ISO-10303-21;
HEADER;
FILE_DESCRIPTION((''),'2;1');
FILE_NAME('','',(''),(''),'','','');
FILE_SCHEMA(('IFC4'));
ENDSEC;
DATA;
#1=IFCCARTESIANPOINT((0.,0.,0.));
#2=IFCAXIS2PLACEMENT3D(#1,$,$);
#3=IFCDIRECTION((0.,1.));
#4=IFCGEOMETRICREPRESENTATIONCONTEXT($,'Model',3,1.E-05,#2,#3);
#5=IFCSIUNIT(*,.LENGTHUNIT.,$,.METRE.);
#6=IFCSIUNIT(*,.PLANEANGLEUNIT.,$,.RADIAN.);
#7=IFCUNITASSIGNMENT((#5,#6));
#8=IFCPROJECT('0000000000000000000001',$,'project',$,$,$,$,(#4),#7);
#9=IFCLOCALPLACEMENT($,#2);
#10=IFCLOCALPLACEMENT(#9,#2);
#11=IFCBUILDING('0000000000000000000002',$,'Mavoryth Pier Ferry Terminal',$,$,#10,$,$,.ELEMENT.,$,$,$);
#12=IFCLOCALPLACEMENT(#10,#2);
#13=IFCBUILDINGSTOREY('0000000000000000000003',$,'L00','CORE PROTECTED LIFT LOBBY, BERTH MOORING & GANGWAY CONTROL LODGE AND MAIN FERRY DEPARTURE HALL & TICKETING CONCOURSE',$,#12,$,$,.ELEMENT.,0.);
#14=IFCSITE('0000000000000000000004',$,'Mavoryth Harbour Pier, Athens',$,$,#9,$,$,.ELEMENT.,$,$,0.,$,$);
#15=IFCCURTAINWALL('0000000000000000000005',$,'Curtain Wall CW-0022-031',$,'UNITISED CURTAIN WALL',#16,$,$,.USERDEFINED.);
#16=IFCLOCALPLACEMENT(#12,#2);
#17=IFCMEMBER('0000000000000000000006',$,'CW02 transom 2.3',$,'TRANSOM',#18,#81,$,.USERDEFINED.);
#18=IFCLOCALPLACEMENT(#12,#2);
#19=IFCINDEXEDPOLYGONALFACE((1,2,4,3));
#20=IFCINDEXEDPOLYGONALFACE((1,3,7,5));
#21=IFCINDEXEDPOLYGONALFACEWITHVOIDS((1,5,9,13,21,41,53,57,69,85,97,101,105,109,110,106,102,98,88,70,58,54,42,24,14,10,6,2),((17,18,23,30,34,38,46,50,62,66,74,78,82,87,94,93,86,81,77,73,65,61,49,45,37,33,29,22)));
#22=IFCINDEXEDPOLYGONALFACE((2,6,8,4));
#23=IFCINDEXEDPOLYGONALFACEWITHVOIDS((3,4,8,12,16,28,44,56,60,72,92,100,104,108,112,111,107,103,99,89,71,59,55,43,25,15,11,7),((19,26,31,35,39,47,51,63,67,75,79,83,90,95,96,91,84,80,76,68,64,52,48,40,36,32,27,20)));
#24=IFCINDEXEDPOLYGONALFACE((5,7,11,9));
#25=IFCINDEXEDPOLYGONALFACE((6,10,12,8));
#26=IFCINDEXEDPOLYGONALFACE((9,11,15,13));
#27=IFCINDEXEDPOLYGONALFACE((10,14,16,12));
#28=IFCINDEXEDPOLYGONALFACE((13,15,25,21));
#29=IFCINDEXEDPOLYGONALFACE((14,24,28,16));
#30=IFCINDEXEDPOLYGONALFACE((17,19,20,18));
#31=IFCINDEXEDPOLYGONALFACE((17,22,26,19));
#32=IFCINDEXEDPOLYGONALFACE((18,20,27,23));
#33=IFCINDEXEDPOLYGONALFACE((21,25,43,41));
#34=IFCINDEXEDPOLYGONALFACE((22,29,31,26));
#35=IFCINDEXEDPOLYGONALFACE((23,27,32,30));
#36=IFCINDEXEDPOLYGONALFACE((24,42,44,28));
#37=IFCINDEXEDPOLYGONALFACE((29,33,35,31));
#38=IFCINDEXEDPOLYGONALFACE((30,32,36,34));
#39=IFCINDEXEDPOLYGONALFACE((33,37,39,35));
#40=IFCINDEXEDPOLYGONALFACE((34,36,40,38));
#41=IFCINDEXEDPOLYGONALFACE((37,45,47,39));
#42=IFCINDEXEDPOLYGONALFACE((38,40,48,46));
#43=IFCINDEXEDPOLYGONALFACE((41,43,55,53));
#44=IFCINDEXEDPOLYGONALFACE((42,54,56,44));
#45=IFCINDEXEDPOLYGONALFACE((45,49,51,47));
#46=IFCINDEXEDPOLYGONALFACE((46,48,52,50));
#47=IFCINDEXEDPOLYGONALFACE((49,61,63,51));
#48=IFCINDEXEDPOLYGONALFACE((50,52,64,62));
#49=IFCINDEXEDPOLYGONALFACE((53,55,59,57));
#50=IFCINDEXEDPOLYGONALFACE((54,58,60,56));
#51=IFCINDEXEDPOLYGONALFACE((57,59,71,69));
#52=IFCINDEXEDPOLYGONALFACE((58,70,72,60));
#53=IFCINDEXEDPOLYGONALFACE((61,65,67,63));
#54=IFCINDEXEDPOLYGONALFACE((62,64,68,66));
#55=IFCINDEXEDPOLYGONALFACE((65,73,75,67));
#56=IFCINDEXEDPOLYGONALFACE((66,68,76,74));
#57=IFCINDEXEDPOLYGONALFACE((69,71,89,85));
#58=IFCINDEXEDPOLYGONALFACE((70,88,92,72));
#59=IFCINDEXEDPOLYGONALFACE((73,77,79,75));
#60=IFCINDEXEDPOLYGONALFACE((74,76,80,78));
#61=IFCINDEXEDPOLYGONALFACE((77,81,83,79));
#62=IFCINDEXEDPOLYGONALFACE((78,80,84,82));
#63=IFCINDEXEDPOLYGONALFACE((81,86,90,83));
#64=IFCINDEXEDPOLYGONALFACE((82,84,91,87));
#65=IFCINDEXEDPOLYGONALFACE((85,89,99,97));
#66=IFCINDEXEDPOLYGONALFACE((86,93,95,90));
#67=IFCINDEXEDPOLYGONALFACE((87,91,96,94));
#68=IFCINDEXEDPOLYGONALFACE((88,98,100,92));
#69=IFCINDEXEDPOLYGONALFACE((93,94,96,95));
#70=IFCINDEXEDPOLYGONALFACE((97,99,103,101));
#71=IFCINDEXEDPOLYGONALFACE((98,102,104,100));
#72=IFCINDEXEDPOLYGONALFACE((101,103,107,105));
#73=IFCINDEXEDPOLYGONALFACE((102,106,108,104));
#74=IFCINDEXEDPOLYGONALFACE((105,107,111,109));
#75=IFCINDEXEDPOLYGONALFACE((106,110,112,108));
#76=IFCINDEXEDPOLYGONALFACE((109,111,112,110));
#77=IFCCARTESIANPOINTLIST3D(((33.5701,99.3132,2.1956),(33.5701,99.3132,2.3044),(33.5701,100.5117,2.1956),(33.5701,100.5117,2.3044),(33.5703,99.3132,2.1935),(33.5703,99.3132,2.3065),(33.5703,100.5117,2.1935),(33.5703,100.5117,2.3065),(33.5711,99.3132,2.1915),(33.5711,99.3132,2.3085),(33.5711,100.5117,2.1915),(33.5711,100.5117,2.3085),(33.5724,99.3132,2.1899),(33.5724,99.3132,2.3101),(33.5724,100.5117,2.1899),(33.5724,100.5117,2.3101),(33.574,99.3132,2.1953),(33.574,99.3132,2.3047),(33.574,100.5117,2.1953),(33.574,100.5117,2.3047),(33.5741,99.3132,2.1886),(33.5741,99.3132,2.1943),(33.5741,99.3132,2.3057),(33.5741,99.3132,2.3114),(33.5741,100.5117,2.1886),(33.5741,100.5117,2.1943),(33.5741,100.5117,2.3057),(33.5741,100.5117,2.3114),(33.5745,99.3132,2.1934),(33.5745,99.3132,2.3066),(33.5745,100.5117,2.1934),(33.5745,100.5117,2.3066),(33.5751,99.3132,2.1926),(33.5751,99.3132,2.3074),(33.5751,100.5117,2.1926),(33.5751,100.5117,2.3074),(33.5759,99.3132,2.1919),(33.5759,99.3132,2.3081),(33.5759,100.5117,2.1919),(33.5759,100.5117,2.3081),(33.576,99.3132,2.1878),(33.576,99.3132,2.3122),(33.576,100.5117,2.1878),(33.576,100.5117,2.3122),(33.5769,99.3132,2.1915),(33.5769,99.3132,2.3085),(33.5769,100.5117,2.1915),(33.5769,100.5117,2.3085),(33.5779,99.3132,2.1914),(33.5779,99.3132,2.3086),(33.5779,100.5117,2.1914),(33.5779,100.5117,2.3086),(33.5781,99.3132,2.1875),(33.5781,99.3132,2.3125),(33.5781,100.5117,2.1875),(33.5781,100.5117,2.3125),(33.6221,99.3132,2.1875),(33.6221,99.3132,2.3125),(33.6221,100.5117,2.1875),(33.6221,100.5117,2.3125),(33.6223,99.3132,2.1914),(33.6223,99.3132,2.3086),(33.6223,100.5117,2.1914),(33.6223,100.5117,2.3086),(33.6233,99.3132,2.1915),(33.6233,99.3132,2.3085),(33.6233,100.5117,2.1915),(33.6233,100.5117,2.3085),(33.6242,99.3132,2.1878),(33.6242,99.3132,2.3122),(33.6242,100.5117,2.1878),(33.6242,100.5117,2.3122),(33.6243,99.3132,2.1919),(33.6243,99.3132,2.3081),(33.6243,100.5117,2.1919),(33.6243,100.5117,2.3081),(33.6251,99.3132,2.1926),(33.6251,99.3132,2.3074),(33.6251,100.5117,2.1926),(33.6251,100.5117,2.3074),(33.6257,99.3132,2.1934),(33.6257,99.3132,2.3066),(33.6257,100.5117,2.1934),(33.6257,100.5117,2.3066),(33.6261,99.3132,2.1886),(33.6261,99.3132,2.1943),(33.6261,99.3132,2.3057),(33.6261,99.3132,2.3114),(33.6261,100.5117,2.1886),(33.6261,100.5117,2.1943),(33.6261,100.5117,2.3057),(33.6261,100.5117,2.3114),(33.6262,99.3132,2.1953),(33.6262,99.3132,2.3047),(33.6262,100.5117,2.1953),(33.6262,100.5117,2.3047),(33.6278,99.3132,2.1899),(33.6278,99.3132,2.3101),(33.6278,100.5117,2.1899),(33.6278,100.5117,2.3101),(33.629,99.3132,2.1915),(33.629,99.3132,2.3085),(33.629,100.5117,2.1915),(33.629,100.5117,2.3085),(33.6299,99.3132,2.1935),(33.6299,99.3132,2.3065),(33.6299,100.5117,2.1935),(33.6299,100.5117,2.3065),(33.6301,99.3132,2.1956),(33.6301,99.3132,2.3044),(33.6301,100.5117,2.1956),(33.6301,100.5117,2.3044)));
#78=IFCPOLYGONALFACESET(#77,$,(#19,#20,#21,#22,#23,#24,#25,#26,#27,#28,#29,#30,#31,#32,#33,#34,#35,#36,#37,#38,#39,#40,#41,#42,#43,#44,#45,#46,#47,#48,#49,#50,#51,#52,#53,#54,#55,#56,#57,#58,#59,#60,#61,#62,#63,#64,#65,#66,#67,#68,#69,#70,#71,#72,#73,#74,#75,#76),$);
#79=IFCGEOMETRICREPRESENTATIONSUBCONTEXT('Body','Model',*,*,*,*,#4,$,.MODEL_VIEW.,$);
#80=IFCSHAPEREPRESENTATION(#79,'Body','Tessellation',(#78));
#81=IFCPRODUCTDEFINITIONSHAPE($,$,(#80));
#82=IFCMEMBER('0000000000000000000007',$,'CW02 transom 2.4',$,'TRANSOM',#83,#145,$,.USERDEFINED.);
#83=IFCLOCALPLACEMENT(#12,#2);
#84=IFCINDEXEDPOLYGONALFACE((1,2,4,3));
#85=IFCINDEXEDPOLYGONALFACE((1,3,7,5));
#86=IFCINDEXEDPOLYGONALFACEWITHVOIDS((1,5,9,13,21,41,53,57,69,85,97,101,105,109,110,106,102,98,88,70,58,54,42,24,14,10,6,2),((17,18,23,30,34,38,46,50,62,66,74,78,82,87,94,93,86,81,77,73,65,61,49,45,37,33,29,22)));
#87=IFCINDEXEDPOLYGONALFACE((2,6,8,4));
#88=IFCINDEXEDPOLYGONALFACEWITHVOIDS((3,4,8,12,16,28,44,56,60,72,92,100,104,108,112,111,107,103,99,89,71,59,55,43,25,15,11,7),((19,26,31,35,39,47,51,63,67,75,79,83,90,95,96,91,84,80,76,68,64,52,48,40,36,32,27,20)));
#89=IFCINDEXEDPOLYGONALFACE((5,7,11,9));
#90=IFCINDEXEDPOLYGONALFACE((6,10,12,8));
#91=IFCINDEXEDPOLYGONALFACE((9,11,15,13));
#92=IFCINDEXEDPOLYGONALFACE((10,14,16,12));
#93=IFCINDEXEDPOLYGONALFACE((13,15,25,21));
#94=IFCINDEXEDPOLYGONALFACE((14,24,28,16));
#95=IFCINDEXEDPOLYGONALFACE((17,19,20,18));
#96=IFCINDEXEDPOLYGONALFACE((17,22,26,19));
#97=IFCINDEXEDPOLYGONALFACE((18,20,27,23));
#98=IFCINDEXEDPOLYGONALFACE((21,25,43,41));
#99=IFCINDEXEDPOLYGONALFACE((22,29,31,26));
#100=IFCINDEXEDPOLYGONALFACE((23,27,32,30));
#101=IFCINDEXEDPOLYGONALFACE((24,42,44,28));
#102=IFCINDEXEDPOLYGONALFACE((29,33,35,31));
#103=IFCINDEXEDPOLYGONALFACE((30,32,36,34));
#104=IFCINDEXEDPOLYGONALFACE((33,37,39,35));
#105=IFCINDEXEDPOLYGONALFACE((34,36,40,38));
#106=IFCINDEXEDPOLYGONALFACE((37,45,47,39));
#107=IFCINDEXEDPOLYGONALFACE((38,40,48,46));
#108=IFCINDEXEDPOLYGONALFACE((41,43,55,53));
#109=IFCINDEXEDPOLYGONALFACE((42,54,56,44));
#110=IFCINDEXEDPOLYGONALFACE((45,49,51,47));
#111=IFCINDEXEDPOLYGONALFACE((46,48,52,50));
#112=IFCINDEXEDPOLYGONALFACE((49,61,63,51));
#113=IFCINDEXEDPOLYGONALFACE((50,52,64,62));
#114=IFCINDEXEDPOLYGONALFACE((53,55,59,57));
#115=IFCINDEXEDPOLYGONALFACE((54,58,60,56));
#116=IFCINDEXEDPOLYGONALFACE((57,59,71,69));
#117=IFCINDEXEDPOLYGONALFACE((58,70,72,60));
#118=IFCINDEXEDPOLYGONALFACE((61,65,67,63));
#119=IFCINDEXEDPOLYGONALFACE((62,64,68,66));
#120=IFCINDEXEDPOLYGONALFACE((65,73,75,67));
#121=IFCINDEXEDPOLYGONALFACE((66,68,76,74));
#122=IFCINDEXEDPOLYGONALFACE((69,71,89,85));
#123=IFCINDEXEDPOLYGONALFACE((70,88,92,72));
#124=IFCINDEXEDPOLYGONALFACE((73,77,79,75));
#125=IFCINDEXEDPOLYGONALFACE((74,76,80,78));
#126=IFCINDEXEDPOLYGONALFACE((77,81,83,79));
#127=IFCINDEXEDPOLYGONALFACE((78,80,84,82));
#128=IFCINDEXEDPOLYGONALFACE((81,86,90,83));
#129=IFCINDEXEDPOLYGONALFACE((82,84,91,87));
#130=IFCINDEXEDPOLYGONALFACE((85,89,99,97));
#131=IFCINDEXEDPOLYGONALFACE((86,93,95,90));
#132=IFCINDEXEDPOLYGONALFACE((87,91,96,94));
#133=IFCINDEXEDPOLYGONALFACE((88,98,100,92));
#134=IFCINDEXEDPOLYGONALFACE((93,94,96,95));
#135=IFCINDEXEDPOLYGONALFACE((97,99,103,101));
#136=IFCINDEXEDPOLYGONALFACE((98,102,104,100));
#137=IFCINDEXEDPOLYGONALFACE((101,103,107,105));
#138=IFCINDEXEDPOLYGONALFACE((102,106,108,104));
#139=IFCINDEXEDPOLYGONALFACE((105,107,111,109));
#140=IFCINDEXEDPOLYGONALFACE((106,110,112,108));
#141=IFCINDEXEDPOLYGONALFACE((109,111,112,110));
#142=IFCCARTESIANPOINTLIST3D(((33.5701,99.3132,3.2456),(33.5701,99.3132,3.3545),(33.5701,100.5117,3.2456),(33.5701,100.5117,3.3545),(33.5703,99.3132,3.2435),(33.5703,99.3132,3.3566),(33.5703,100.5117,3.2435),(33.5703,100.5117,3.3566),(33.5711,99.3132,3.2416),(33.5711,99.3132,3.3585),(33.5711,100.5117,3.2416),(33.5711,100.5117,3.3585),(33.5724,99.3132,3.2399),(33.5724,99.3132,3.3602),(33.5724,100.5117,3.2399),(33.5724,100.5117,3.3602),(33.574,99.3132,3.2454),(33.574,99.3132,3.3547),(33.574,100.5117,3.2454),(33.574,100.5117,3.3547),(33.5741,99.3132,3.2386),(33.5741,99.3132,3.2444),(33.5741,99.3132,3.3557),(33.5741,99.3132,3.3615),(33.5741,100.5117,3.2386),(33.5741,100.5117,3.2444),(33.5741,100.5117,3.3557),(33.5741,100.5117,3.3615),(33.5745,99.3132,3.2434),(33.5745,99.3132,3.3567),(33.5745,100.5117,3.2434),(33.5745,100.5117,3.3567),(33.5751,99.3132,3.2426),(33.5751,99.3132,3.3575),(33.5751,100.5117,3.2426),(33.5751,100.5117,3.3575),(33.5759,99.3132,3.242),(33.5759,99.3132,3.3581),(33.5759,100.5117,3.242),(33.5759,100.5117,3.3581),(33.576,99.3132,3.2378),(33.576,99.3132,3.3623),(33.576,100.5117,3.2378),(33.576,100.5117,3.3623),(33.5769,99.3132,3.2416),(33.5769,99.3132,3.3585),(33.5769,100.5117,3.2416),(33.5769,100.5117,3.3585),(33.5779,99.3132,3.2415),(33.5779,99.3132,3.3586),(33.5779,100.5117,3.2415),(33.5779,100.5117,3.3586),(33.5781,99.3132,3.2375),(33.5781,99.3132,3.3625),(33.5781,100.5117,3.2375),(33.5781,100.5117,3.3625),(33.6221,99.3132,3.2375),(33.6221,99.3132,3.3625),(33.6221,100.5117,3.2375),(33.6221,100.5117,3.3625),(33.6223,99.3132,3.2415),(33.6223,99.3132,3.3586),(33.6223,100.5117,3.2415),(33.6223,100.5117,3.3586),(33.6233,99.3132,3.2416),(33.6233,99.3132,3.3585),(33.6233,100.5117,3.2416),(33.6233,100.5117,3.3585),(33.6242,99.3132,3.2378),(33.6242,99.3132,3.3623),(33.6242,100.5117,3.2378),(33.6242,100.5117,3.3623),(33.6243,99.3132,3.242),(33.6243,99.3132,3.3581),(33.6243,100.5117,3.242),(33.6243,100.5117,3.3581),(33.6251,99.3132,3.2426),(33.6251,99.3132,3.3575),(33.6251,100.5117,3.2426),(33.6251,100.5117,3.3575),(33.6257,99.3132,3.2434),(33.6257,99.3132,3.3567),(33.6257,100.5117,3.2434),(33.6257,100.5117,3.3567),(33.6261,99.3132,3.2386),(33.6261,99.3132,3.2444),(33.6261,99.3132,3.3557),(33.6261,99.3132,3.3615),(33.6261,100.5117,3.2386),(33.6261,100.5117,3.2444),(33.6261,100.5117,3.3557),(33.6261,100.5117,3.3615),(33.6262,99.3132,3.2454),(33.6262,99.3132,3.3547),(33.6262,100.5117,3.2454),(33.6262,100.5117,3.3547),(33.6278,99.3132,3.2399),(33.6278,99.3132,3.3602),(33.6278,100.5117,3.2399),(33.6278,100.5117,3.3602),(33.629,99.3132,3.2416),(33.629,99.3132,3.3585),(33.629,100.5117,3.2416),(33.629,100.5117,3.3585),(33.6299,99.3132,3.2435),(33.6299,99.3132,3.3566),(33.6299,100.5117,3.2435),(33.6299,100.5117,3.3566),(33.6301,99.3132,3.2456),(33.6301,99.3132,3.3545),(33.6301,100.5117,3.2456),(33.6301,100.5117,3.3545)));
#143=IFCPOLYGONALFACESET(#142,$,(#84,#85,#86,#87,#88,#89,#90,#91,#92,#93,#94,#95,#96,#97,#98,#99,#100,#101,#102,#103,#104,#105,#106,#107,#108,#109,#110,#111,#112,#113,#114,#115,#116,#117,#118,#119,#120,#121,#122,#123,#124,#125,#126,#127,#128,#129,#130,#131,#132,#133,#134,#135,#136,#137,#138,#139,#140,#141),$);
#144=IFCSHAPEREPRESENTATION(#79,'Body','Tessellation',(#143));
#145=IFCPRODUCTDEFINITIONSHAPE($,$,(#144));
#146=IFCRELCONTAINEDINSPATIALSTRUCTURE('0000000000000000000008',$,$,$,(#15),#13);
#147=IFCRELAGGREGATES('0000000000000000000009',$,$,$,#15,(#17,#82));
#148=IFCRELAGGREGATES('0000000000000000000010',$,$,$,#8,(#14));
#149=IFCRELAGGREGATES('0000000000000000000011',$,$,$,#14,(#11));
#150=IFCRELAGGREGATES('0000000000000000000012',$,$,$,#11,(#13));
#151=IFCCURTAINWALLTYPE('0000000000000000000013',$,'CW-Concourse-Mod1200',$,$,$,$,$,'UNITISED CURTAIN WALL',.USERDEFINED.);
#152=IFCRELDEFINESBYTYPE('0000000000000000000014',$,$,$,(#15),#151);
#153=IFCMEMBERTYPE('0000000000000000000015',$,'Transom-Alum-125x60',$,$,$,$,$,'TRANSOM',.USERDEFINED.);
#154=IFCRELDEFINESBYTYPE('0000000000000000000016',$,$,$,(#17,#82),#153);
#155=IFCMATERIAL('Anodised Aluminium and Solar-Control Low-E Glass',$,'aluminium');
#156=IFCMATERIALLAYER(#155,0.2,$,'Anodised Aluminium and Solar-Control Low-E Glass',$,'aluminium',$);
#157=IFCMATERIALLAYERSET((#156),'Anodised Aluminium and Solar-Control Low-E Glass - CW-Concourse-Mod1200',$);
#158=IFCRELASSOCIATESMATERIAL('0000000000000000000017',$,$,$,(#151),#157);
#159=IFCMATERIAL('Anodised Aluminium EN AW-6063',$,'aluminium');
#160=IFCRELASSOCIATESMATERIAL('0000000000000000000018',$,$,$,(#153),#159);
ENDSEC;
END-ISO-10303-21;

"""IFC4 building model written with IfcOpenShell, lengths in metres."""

from ifc_helpers import new_model, si_unit, direction, frame, origin, origin_2d, place, context, subcontext, project, spatial, hollow_rectangle, extrude, material, layer, layer_set, material_profile, profile_set, type_object, element, aggregate, save


model = new_model("IFC4")

# Units and contexts
model_context = context("Model", 3, precision=1e-05, world=origin(), true_north=direction((0.0, 1.0)))
body_context = subcontext(model_context, "Body", "Model", "MODEL_VIEW")
ifc_project = project(units=[si_unit("LENGTHUNIT", "METRE"), si_unit("PLANEANGLEUNIT", "RADIAN")], contexts=[model_context])

# Site, building, storey
site_placement = place(None, origin())
site = spatial("IfcSite", under=ifc_project, at=site_placement, Name="Mavoryth Harbour Pier, Athens", CompositionType="ELEMENT", RefElevation=0.0)
building_placement = place(site_placement, origin())
building = spatial("IfcBuilding", under=site, at=building_placement, Name="Mavoryth Pier Ferry Terminal", CompositionType="ELEMENT")
storey_placement = place(building_placement, origin())
storey = spatial("IfcBuildingStorey", under=building, at=storey_placement, Name="L00", Description="CORE PROTECTED LIFT LOBBY, BERTH MOORING & GANGWAY CONTROL LODGE AND MAIN FERRY DEPARTURE HALL & TICKETING CONCOURSE", CompositionType="ELEMENT", Elevation=0.0)

# Curtain wall, members
ifc_material_1 = material(Name="Anodised Aluminium and Solar-Control Low-E Glass", Category="aluminium")
ifc_layer_1 = layer(ifc_material_1, 0.2, Name="Anodised Aluminium and Solar-Control Low-E Glass", Category="aluminium")
ifc_layer_set_1 = layer_set([ifc_layer_1], Name="Anodised Aluminium and Solar-Control Low-E Glass - CW-Concourse-Mod1200")
curtain_wall_type = type_object("IfcCurtainWallType", Name="CW-Concourse-Mod1200", ElementType="UNITISED CURTAIN WALL", PredefinedType="USERDEFINED", material=ifc_layer_set_1)
curtain_wall_placement = place(storey_placement, origin())
curtain_wall = element("IfcCurtainWall", 1, at=curtain_wall_placement, inside=storey, type_object=curtain_wall_type, Name="Curtain Wall CW-0022-031", ObjectType="UNITISED CURTAIN WALL", PredefinedType="USERDEFINED")
ifc_material_2 = material(Name="Anodised Aluminium EN AW-6063", Category="aluminium")
ifc_material_profile_1 = material_profile(ifc_material_2, hollow_rectangle(XDim=0.0601, YDim=0.125, WallThickness=0.0039, InnerFilletRadius=0.0039, OuterFilletRadius=0.0081, at=origin_2d()), Name="AL-TRAN 125x60x4", Category="aluminium")
ifc_profile_set_1 = profile_set([ifc_material_profile_1], Name="Anodised Aluminium EN AW-6063 - AL-TRAN 125x60x4")
member_type_1 = type_object("IfcMemberType", Name="Transom-Alum-125x60", ElementType="TRANSOM", PredefinedType="USERDEFINED", material=ifc_profile_set_1)
member_1_placement = place(storey_placement, frame((33.6001, 99.3132, 2.25), z_axis=(0.0, 1.0, 0.0), x_axis=(-1.0, 0.0, 0.0)))
member_1 = element("IfcMember", 2, at=member_1_placement, type_object=member_type_1, Name="CW02 transom 2.3", ObjectType="TRANSOM", PredefinedType="USERDEFINED", context=body_context, shape_type="SweptSolid", body=[
    extrude(hollow_rectangle(XDim=0.0601, YDim=0.125, WallThickness=0.0039, InnerFilletRadius=0.0039, OuterFilletRadius=0.0081, at=origin_2d()), origin(), (0.0, 0.0, 1.0), 1.1985),
])
member_2_placement = place(storey_placement, frame((33.6001, 99.3132, 3.3), z_axis=(0.0, 1.0, 0.0), x_axis=(-1.0, 0.0, 0.0)))
member_2 = element("IfcMember", 3, at=member_2_placement, type_object=member_type_1, Name="CW02 transom 2.4", ObjectType="TRANSOM", PredefinedType="USERDEFINED", context=body_context, shape_type="SweptSolid", body=[
    extrude(hollow_rectangle(XDim=0.0601, YDim=0.125, WallThickness=0.0039, InnerFilletRadius=0.0039, OuterFilletRadius=0.0081, at=origin_2d()), origin(), (0.0, 0.0, 1.0), 1.1985),
])
aggregate(curtain_wall, [member_1, member_2])

save(model, "model.ifc")
